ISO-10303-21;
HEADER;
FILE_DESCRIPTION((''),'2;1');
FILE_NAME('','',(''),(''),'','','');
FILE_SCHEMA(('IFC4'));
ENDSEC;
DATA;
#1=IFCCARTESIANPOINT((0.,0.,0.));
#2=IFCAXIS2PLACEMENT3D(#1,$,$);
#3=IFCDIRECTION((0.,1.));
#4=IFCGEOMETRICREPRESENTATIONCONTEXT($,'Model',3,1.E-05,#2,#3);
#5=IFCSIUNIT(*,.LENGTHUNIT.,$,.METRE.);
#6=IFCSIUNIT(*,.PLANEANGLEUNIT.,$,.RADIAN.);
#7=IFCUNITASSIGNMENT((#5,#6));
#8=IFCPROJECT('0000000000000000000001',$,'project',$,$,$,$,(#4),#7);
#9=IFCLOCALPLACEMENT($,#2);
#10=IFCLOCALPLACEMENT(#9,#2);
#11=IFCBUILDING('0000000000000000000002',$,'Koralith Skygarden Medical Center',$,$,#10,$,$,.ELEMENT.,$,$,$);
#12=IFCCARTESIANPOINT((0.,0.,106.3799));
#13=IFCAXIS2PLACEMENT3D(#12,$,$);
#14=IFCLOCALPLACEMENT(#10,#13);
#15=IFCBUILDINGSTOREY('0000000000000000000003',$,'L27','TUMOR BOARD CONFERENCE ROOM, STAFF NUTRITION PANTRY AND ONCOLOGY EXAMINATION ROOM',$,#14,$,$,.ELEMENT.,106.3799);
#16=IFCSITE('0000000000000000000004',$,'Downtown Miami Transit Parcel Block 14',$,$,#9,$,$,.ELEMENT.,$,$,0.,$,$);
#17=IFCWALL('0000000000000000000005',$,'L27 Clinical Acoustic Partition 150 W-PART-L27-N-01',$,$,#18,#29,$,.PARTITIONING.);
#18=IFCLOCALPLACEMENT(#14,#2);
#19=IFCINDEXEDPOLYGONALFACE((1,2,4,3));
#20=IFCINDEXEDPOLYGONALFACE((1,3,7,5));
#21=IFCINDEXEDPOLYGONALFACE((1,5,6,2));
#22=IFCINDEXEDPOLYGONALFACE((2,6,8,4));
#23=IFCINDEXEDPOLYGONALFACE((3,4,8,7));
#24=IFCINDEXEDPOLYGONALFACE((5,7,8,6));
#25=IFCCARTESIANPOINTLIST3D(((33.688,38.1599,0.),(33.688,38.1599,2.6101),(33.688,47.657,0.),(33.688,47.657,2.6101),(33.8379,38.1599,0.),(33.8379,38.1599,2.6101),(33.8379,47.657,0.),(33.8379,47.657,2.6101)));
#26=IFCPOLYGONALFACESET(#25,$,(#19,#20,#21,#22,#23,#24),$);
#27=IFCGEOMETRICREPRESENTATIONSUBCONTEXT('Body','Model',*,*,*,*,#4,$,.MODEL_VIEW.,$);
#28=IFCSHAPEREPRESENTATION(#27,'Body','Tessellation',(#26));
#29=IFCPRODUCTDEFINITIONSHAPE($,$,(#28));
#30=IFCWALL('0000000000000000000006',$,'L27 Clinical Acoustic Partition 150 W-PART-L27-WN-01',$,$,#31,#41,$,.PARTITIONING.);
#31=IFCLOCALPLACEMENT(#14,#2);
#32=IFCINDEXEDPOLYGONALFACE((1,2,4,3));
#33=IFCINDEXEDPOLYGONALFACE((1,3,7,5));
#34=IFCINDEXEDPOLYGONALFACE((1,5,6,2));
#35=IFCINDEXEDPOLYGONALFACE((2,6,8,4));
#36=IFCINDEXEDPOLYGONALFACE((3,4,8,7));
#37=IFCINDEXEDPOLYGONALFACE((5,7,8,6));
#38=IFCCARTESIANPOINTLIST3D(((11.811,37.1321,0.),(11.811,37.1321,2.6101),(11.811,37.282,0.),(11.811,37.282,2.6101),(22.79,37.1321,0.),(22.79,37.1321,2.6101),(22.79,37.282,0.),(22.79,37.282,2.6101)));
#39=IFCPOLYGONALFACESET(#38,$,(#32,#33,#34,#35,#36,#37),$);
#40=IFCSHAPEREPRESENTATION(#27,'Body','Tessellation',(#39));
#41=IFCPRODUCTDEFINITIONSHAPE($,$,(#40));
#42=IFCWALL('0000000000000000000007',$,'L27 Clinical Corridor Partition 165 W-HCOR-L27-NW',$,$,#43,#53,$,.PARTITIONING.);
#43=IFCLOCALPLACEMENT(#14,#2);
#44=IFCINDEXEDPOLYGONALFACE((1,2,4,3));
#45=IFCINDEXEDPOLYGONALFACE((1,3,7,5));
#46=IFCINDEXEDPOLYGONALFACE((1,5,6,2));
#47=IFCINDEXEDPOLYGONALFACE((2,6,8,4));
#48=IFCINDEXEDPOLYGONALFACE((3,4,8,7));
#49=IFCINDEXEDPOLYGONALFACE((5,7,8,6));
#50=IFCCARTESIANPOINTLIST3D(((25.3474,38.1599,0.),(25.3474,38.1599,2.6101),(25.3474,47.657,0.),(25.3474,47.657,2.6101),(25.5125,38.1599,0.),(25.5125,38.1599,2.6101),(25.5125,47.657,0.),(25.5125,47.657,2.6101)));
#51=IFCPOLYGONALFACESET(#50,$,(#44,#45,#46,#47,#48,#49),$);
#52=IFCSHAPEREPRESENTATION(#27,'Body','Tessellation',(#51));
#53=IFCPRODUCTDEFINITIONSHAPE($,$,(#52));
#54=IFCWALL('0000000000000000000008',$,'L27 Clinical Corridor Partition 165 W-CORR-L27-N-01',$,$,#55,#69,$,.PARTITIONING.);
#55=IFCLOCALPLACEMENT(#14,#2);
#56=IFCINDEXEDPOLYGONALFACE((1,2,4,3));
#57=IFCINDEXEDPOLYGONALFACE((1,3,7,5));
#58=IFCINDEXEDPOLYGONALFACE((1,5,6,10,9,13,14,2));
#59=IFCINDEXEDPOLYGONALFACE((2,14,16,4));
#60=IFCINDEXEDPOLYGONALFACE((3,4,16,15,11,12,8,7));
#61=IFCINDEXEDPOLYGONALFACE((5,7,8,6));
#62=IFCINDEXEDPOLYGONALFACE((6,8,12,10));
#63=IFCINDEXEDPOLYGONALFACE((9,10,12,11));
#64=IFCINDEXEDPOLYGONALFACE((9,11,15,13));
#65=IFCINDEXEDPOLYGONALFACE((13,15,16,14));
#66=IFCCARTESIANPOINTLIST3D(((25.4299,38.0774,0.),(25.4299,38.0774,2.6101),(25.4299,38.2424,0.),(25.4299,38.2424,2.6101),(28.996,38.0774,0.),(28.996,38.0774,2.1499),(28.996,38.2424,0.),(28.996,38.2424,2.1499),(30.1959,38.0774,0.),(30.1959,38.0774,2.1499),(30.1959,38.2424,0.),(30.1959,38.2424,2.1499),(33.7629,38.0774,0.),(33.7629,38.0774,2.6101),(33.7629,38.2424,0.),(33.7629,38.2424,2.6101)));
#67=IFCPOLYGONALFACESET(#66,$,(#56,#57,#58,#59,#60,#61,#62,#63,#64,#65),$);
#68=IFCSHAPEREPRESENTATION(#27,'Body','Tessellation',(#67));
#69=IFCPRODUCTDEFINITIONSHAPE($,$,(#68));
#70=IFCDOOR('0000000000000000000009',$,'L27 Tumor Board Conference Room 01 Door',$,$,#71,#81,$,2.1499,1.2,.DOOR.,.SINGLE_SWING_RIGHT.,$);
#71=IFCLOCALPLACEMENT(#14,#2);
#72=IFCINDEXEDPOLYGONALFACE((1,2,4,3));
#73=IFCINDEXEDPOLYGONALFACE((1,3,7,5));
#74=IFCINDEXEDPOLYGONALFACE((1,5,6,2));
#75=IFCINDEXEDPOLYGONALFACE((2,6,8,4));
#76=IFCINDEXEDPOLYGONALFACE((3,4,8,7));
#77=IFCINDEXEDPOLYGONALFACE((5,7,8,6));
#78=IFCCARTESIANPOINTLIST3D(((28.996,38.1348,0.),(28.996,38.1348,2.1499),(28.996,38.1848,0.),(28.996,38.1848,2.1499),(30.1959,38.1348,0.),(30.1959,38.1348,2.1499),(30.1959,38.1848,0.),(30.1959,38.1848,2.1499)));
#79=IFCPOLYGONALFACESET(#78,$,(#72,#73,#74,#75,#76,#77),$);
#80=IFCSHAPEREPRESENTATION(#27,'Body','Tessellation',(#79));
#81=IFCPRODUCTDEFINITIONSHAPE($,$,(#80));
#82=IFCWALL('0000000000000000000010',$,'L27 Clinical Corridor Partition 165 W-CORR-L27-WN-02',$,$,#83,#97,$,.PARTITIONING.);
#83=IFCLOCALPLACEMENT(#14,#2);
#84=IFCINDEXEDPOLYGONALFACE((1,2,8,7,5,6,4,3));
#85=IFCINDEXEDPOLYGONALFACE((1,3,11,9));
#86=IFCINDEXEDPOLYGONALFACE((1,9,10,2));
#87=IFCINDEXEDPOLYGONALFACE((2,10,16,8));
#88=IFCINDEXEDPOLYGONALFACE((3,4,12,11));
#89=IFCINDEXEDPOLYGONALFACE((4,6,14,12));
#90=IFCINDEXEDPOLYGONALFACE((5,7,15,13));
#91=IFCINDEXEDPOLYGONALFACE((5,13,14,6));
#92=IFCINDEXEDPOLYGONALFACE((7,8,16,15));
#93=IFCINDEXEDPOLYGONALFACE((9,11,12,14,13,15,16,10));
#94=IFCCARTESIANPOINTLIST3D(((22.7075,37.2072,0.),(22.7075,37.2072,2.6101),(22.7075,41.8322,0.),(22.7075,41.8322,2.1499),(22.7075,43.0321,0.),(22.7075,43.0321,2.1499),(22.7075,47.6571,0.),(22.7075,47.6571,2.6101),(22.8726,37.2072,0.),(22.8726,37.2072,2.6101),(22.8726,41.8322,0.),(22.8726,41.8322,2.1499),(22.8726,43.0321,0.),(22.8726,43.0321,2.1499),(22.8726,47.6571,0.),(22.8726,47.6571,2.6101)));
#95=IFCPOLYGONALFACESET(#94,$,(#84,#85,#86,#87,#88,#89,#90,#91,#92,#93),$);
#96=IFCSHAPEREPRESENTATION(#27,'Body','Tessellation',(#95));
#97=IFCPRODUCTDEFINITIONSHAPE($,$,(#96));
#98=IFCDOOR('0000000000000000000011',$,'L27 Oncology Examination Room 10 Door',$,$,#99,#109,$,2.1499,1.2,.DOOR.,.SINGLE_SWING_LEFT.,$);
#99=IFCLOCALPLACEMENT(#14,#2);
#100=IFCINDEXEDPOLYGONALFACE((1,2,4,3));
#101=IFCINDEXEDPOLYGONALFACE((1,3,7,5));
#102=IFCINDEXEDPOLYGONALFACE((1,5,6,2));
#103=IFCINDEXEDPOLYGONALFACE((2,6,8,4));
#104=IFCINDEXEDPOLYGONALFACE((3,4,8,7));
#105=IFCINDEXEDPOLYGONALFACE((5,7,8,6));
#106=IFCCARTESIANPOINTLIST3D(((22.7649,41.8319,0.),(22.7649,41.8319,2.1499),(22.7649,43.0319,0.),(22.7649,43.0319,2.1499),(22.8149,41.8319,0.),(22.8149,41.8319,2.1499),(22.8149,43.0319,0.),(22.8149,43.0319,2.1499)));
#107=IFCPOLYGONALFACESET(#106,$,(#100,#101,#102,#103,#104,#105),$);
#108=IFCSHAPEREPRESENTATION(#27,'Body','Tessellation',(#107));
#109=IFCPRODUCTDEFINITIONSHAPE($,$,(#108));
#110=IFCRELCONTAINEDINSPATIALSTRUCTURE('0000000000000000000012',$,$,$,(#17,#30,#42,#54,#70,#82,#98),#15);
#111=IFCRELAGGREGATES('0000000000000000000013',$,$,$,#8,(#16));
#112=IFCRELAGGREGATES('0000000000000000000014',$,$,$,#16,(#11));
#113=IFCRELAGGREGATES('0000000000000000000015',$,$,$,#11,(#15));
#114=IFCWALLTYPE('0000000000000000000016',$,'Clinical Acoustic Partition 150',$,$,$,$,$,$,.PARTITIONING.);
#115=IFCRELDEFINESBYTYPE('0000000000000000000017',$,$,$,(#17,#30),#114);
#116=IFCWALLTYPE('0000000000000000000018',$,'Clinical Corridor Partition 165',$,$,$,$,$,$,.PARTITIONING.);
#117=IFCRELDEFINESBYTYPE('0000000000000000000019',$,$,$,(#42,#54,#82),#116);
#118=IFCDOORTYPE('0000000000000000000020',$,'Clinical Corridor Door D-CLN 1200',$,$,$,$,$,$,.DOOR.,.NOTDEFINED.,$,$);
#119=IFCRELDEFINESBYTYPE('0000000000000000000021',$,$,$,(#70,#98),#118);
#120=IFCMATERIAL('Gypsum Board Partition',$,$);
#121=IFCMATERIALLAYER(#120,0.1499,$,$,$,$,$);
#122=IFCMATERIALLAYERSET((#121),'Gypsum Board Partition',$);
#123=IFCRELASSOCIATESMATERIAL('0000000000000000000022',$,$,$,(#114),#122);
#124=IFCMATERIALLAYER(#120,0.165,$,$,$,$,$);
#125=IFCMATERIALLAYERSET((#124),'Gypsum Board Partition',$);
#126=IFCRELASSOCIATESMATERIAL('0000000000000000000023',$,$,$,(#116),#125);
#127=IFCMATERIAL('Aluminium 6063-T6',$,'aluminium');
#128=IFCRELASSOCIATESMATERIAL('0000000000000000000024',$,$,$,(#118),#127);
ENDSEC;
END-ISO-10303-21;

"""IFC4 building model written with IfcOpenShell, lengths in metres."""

from ifc_helpers import new_model, si_unit, direction, frame, frame_2d, origin, place, context, subcontext, project, spatial, rectangle, extrude, material, layer, layer_set, type_object, element, fill, save


model = new_model("IFC4")

# Units and contexts
model_context = context("Model", 3, precision=1e-05, world=origin(), true_north=direction((0.0, 1.0)))
body_context = subcontext(model_context, "Body", "Model", "MODEL_VIEW")
ifc_project = project(units=[si_unit("LENGTHUNIT", "METRE"), si_unit("PLANEANGLEUNIT", "RADIAN")], contexts=[model_context])

# Site, building, storey
site_placement = place(None, origin())
site = spatial("IfcSite", under=ifc_project, at=site_placement, Name="Downtown Miami Transit Parcel Block 14", CompositionType="ELEMENT", RefElevation=0.0)
building_placement = place(site_placement, origin())
building = spatial("IfcBuilding", under=site, at=building_placement, Name="Koralith Skygarden Medical Center", CompositionType="ELEMENT")
storey_placement = place(building_placement, frame((0.0, 0.0, 106.3799)))
storey = spatial("IfcBuildingStorey", under=building, at=storey_placement, Name="L27", Description="TUMOR BOARD CONFERENCE ROOM, STAFF NUTRITION PANTRY AND ONCOLOGY EXAMINATION ROOM", CompositionType="ELEMENT", Elevation=106.3799)

# Shared definitions
ifc_material_1 = material(Name="Aluminium 6063-T6", Category="aluminium")

# Walls
ifc_material_2 = material(Name="Gypsum Board Partition")
ifc_layer_1 = layer(ifc_material_2, 0.1499)
ifc_layer_set_1 = layer_set([ifc_layer_1], Name="Gypsum Board Partition")
wall_type_1 = type_object("IfcWallType", Name="Clinical Acoustic Partition 150", PredefinedType="PARTITIONING", material=ifc_layer_set_1)
wall_1_placement = place(storey_placement, frame((33.7629, 38.1599, 0.0), z_axis=(0.0, 0.0, 1.0), x_axis=(0.0, 1.0, 0.0)))
element("IfcWall", 1, at=wall_1_placement, inside=storey, type_object=wall_type_1, Name="L27 Clinical Acoustic Partition 150 W-PART-L27-N-01", PredefinedType="PARTITIONING", context=body_context, shape_type="SweptSolid", body=[
    extrude(rectangle(XDim=9.4971, YDim=0.1499, at=frame_2d((4.7485, 0.0))), origin(), (0.0, 0.0, 1.0), 2.6101),
])
wall_2_placement = place(storey_placement, frame((22.79, 37.207, 0.0), z_axis=(0.0, 0.0, 1.0), x_axis=(-1.0, 0.0, 0.0)))
element("IfcWall", 2, at=wall_2_placement, inside=storey, type_object=wall_type_1, Name="L27 Clinical Acoustic Partition 150 W-PART-L27-WN-01", PredefinedType="PARTITIONING", context=body_context, shape_type="SweptSolid", body=[
    extrude(rectangle(XDim=10.979, YDim=0.1499, at=frame_2d((5.4895, 0.0))), origin(), (0.0, 0.0, 1.0), 2.6101),
])
ifc_layer_2 = layer(ifc_material_2, 0.165)
ifc_layer_set_2 = layer_set([ifc_layer_2], Name="Gypsum Board Partition")
wall_type_2 = type_object("IfcWallType", Name="Clinical Corridor Partition 165", PredefinedType="PARTITIONING", material=ifc_layer_set_2)
wall_3_placement = place(storey_placement, frame((25.4299, 38.1599, 0.0), z_axis=(0.0, 0.0, 1.0), x_axis=(0.0, 1.0, 0.0)))
element("IfcWall", 3, at=wall_3_placement, inside=storey, type_object=wall_type_2, Name="L27 Clinical Corridor Partition 165 W-HCOR-L27-NW", PredefinedType="PARTITIONING", context=body_context, shape_type="SweptSolid", body=[
    extrude(rectangle(XDim=9.4971, YDim=0.165, at=frame_2d((4.7485, 0.0))), origin(), (0.0, 0.0, 1.0), 2.6101),
])

# Walls, openings, doors
wall_4_placement = place(storey_placement, frame((25.4299, 38.1599, 0.0), z_axis=(0.0, 0.0, 1.0), x_axis=(1.0, 0.0, 0.0)))
wall_4 = element("IfcWall", 4, at=wall_4_placement, inside=storey, type_object=wall_type_2, Name="L27 Clinical Corridor Partition 165 W-CORR-L27-N-01", PredefinedType="PARTITIONING", context=body_context, shape_type="SweptSolid", body=[
    extrude(rectangle(XDim=8.333, YDim=0.165, at=frame_2d((4.1665, 0.0))), origin(), (0.0, 0.0, 1.0), 2.6101),
])
opening_1_placement = place(wall_4_placement, frame((3.5659, 0.0, 0.0)))
opening_1 = element("IfcOpeningElement", 5, at=opening_1_placement, cuts=wall_4, PredefinedType="OPENING", context=body_context, shape_type="SweptSolid", body=[
    extrude(rectangle(XDim=1.2, YDim=2.1499, at=frame_2d((0.6001, 1.075))), frame((0.0, 0.0925, 0.0), z_axis=(0.0, -1.0, 0.0), x_axis=(1.0, 0.0, 0.0)), (0.0, 0.0, 1.0), 0.1851),
])
door_type = type_object("IfcDoorType", Name="Clinical Corridor Door D-CLN 1200", OperationType="NOTDEFINED", PredefinedType="DOOR", material=ifc_material_1)
door_1_placement = place(opening_1_placement, origin())
door_1 = element("IfcDoor", 6, at=door_1_placement, inside=storey, type_object=door_type, Name="L27 Tumor Board Conference Room 01 Door", OperationType="SINGLE_SWING_RIGHT", OverallHeight=2.1499, OverallWidth=1.2, PredefinedType="DOOR", context=body_context, shape_type="SweptSolid", body=[
    extrude(rectangle(XDim=1.2, YDim=2.1499, at=frame_2d((0.6001, 1.075))), frame((0.0, 0.0249, 0.0), z_axis=(0.0, -1.0, 0.0), x_axis=(1.0, 0.0, 0.0)), (0.0, 0.0, 1.0), 0.05),
])
fill(opening_1, door_1)
wall_5_placement = place(storey_placement, frame((22.79, 37.207, 0.0), z_axis=(0.0, 0.0, 1.0), x_axis=(0.0, 1.0, 0.0)))
wall_5 = element("IfcWall", 7, at=wall_5_placement, inside=storey, type_object=wall_type_2, Name="L27 Clinical Corridor Partition 165 W-CORR-L27-WN-02", PredefinedType="PARTITIONING", context=body_context, shape_type="SweptSolid", body=[
    extrude(rectangle(XDim=10.45, YDim=0.165, at=frame_2d((5.2251, 0.0))), origin(), (0.0, 0.0, 1.0), 2.6101),
])
opening_2_placement = place(wall_5_placement, frame((4.625, 0.0, 0.0)))
opening_2 = element("IfcOpeningElement", 8, at=opening_2_placement, cuts=wall_5, PredefinedType="OPENING", context=body_context, shape_type="SweptSolid", body=[
    extrude(rectangle(XDim=1.2, YDim=2.1499, at=frame_2d((0.6001, 1.075))), frame((0.0, 0.0925, 0.0), z_axis=(0.0, -1.0, 0.0), x_axis=(1.0, 0.0, 0.0)), (0.0, 0.0, 1.0), 0.1851),
])
door_2_placement = place(opening_2_placement, frame((1.2, 0.0, 0.0), z_axis=(0.0, 0.0, 1.0), x_axis=(-1.0, 0.0, 0.0)))
door_2 = element("IfcDoor", 9, at=door_2_placement, inside=storey, type_object=door_type, Name="L27 Oncology Examination Room 10 Door", OperationType="SINGLE_SWING_LEFT", OverallHeight=2.1499, OverallWidth=1.2, PredefinedType="DOOR", context=body_context, shape_type="SweptSolid", body=[
    extrude(rectangle(XDim=1.2, YDim=2.1499, at=frame_2d((0.6001, 1.075))), frame((0.0, 0.0249, 0.0), z_axis=(0.0, -1.0, 0.0), x_axis=(1.0, 0.0, 0.0)), (0.0, 0.0, 1.0), 0.05),
])
fill(opening_2, door_2)

save(model, "model.ifc")
